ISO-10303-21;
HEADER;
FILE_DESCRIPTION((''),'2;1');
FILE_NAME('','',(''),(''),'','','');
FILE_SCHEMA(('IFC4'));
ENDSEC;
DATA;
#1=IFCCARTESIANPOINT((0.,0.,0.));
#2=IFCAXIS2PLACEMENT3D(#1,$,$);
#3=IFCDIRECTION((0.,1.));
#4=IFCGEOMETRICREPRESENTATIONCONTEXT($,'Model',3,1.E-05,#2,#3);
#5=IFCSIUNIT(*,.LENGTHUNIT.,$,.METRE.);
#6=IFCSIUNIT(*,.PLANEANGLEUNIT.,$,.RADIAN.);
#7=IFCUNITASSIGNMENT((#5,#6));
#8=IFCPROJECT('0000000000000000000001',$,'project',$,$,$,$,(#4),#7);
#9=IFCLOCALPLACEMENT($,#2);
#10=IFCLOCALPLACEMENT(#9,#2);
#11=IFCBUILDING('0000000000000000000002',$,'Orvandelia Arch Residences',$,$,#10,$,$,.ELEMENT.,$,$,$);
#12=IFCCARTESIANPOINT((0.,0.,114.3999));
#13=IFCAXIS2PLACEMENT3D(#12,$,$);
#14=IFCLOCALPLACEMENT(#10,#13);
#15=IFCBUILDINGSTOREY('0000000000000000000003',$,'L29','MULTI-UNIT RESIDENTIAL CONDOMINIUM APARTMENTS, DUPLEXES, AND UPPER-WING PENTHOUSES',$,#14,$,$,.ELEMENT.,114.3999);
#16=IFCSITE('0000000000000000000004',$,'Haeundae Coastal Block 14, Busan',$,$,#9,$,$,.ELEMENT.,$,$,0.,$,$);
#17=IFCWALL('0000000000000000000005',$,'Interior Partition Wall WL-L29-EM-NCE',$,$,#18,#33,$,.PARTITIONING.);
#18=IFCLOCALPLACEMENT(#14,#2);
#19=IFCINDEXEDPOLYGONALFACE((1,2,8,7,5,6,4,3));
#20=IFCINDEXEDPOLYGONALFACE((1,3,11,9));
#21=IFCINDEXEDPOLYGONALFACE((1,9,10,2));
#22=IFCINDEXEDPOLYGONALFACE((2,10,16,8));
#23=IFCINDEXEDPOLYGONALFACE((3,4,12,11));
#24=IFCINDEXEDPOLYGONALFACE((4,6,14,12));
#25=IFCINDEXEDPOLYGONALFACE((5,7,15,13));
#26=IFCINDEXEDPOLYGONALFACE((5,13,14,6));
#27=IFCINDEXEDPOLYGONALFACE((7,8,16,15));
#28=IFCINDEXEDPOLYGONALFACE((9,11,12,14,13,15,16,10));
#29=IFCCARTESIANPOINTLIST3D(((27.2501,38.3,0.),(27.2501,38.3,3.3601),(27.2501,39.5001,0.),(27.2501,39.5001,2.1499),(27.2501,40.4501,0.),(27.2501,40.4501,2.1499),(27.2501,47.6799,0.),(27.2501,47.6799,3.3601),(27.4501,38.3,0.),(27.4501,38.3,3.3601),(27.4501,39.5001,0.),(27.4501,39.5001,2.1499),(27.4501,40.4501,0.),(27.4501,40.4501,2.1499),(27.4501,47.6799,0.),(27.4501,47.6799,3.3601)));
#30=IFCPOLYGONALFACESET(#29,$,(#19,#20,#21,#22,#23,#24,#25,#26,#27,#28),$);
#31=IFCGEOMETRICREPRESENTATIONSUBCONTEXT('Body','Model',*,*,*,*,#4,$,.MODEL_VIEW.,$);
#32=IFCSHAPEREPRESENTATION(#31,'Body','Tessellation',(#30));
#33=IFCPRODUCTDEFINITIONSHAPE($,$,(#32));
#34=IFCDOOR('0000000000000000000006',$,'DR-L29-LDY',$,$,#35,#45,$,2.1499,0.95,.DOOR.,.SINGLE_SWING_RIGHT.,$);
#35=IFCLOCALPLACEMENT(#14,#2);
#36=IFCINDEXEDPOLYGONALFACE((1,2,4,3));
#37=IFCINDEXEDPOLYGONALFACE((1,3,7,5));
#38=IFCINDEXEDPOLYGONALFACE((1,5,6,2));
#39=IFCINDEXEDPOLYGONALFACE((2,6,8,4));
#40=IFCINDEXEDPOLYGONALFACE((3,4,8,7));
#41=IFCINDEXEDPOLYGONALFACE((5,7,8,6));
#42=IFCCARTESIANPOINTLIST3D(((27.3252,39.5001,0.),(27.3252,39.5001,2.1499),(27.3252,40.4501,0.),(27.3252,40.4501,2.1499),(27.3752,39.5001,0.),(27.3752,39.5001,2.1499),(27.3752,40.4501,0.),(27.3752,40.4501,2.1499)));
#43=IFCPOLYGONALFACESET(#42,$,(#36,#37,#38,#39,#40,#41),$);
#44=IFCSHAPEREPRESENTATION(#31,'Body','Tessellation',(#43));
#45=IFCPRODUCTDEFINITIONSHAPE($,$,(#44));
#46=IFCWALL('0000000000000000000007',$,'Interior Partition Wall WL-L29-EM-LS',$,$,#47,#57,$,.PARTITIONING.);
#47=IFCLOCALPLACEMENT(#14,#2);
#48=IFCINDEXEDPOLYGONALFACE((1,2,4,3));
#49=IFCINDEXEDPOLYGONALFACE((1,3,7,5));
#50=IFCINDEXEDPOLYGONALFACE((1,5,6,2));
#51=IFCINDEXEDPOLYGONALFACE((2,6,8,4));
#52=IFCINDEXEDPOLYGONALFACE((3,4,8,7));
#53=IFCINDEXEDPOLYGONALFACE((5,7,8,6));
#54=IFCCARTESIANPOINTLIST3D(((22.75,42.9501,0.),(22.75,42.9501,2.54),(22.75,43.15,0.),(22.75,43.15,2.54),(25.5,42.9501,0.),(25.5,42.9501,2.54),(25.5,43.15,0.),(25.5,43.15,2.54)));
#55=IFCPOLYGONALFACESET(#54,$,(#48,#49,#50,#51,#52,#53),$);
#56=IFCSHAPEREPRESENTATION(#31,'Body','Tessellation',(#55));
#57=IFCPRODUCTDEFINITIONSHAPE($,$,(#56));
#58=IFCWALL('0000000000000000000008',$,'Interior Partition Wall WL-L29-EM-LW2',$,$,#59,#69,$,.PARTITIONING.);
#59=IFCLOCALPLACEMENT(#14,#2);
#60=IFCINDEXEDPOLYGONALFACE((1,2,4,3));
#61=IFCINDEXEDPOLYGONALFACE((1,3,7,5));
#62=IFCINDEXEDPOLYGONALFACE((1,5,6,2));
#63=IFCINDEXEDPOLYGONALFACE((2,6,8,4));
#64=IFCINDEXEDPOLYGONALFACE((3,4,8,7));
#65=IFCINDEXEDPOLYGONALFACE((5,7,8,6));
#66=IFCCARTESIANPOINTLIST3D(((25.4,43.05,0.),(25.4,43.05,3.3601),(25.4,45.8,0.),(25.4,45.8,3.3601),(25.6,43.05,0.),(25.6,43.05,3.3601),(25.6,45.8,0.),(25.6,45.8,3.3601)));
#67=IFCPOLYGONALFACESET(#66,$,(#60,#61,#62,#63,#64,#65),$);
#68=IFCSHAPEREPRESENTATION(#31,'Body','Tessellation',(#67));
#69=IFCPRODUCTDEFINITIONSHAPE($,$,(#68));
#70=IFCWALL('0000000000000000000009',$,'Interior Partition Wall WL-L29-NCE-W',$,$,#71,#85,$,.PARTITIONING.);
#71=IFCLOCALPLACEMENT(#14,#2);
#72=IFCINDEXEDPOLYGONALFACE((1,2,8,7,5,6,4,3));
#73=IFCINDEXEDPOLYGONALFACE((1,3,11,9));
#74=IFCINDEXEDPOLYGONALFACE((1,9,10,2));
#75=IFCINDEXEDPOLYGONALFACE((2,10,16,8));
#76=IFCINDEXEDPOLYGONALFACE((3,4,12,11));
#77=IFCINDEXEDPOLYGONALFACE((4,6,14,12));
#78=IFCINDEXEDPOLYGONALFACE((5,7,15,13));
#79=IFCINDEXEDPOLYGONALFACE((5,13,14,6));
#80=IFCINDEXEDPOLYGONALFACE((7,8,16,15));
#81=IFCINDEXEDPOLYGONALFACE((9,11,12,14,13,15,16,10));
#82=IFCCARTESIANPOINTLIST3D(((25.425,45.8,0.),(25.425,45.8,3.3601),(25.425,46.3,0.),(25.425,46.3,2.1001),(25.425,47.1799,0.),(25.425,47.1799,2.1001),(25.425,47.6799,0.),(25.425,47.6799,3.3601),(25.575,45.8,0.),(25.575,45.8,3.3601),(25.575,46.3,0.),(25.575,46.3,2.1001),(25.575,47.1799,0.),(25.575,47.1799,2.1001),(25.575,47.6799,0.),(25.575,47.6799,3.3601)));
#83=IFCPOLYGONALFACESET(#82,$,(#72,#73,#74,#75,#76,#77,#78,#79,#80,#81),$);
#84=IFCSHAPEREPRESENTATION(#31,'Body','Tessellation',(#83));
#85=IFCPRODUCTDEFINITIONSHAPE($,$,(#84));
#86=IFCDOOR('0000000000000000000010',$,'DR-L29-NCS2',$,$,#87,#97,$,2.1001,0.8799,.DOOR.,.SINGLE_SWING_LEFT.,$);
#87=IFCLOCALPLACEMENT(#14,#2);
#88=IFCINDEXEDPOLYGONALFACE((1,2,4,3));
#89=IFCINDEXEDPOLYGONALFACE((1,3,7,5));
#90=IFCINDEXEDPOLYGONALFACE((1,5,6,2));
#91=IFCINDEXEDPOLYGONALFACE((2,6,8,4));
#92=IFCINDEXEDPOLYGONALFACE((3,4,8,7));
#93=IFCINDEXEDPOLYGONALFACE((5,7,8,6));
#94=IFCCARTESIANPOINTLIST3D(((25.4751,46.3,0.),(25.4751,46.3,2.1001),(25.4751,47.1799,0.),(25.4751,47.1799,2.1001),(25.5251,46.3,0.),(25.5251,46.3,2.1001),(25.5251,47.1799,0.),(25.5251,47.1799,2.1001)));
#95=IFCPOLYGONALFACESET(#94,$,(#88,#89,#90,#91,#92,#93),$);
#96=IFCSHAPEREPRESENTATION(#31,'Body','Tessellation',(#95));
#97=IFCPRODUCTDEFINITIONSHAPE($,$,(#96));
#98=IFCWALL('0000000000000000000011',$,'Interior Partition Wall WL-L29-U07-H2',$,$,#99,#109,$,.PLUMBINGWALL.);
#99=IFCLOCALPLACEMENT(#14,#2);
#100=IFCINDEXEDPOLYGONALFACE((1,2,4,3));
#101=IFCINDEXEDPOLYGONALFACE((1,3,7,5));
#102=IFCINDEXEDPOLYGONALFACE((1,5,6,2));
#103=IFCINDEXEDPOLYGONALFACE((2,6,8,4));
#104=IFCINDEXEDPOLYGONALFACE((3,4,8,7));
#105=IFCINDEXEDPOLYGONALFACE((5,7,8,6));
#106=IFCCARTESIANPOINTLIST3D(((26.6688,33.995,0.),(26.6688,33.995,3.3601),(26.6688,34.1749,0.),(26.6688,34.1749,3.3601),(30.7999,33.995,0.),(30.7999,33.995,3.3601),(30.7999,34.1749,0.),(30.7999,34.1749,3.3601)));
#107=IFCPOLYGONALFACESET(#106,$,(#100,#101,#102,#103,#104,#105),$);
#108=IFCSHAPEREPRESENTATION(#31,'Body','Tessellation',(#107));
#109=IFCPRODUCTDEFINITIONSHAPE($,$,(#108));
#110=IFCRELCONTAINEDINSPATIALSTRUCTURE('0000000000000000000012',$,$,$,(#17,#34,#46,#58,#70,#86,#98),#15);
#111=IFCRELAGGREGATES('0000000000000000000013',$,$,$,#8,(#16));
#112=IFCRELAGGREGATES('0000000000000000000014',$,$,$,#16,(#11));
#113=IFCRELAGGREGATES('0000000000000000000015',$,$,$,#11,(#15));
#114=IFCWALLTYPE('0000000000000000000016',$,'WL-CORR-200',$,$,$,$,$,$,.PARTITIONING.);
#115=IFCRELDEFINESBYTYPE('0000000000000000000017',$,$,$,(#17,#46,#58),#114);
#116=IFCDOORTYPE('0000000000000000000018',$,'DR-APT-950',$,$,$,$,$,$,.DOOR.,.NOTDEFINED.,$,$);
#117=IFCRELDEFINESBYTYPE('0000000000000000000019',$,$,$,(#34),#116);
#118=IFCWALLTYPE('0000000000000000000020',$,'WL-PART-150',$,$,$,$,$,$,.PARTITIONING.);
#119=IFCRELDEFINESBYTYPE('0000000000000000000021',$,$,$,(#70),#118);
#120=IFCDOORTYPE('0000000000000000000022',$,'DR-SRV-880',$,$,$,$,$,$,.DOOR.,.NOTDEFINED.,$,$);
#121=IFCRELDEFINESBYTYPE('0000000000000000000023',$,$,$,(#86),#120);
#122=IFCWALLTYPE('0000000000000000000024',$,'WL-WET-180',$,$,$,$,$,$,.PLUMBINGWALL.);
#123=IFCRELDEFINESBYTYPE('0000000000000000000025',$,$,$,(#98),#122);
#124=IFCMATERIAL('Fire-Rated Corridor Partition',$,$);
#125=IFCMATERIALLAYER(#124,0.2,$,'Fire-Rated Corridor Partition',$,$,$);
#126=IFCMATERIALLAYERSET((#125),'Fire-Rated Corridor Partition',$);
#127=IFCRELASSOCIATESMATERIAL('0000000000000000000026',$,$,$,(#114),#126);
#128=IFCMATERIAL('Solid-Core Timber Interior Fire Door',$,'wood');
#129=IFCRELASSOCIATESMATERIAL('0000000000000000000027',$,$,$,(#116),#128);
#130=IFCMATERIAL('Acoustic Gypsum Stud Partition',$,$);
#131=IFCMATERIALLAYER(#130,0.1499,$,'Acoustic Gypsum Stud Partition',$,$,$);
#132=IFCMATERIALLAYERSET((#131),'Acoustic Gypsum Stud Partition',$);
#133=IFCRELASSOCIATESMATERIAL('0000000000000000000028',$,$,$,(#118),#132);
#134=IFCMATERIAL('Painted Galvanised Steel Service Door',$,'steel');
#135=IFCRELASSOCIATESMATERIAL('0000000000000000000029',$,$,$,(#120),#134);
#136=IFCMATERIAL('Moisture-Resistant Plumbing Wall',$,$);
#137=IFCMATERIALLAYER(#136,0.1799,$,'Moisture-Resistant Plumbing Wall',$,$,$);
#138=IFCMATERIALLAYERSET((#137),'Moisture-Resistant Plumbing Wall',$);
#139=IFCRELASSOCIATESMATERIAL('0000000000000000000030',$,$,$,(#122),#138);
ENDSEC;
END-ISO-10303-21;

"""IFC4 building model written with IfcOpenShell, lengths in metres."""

from ifc_helpers import new_model, si_unit, direction, frame, frame_2d, origin, place, context, subcontext, project, spatial, rectangle, extrude, material, layer, layer_set, type_object, element, fill, save


model = new_model("IFC4")

# Units and contexts
model_context = context("Model", 3, precision=1e-05, world=origin(), true_north=direction((0.0, 1.0)))
body_context = subcontext(model_context, "Body", "Model", "MODEL_VIEW")
ifc_project = project(units=[si_unit("LENGTHUNIT", "METRE"), si_unit("PLANEANGLEUNIT", "RADIAN")], contexts=[model_context])

# Site, building, storey
site_placement = place(None, origin())
site = spatial("IfcSite", under=ifc_project, at=site_placement, Name="Haeundae Coastal Block 14, Busan", CompositionType="ELEMENT", RefElevation=0.0)
building_placement = place(site_placement, origin())
building = spatial("IfcBuilding", under=site, at=building_placement, Name="Orvandelia Arch Residences", CompositionType="ELEMENT")
storey_placement = place(building_placement, frame((0.0, 0.0, 114.3999)))
storey = spatial("IfcBuildingStorey", under=building, at=storey_placement, Name="L29", Description="MULTI-UNIT RESIDENTIAL CONDOMINIUM APARTMENTS, DUPLEXES, AND UPPER-WING PENTHOUSES", CompositionType="ELEMENT", Elevation=114.3999)

# Shared definitions
ifc_material_1 = material(Name="Fire-Rated Corridor Partition")
ifc_layer_1 = layer(ifc_material_1, 0.2, Name="Fire-Rated Corridor Partition")
ifc_layer_set_1 = layer_set([ifc_layer_1], Name="Fire-Rated Corridor Partition")
wall_type_1 = type_object("IfcWallType", Name="WL-CORR-200", PredefinedType="PARTITIONING", material=ifc_layer_set_1)

# Wall, opening, door
wall_1_placement = place(storey_placement, frame((27.3501, 38.3, 0.0), z_axis=(0.0, 0.0, 1.0), x_axis=(0.0, 1.0, 0.0)))
wall_1 = element("IfcWall", 1, at=wall_1_placement, inside=storey, type_object=wall_type_1, Name="Interior Partition Wall WL-L29-EM-NCE", PredefinedType="PARTITIONING", context=body_context, shape_type="SweptSolid", body=[
    extrude(rectangle(XDim=9.3799, YDim=0.2, at=frame_2d((4.6899, 0.0))), origin(), (0.0, 0.0, 1.0), 3.3601),
])
opening_1_placement = place(wall_1_placement, frame((1.2, 0.0, 0.0)))
opening_1 = element("IfcOpeningElement", 2, at=opening_1_placement, cuts=wall_1, PredefinedType="OPENING", context=body_context, shape_type="SweptSolid", body=[
    extrude(rectangle(XDim=0.95, YDim=2.1499, at=frame_2d((0.4751, 1.075))), frame((0.0, 0.1099, 0.0), z_axis=(0.0, -1.0, 0.0), x_axis=(1.0, 0.0, 0.0)), (0.0, 0.0, 1.0), 0.22),
])
ifc_material_2 = material(Name="Solid-Core Timber Interior Fire Door", Category="wood")
door_type_1 = type_object("IfcDoorType", Name="DR-APT-950", OperationType="NOTDEFINED", PredefinedType="DOOR", material=ifc_material_2)
door_1_placement = place(opening_1_placement, origin())
door_1 = element("IfcDoor", 3, at=door_1_placement, inside=storey, type_object=door_type_1, Name="DR-L29-LDY", OperationType="SINGLE_SWING_RIGHT", OverallHeight=2.1499, OverallWidth=0.95, PredefinedType="DOOR", context=body_context, shape_type="SweptSolid", body=[
    extrude(rectangle(XDim=0.95, YDim=2.1499, at=frame_2d((0.4751, 1.075))), frame((0.0, 0.0249, 0.0), z_axis=(0.0, -1.0, 0.0), x_axis=(1.0, 0.0, 0.0)), (0.0, 0.0, 1.0), 0.05),
])
fill(opening_1, door_1)

# Walls
wall_2_placement = place(storey_placement, frame((22.75, 43.05, 0.0), z_axis=(0.0, 0.0, 1.0), x_axis=(1.0, 0.0, 0.0)))
element("IfcWall", 4, at=wall_2_placement, inside=storey, type_object=wall_type_1, Name="Interior Partition Wall WL-L29-EM-LS", PredefinedType="PARTITIONING", context=body_context, shape_type="SweptSolid", body=[
    extrude(rectangle(XDim=2.75, YDim=0.2, at=frame_2d((1.375, 0.0))), origin(), (0.0, 0.0, 1.0), 2.54),
])
wall_3_placement = place(storey_placement, frame((25.5, 43.05, 0.0), z_axis=(0.0, 0.0, 1.0), x_axis=(0.0, 1.0, 0.0)))
element("IfcWall", 5, at=wall_3_placement, inside=storey, type_object=wall_type_1, Name="Interior Partition Wall WL-L29-EM-LW2", PredefinedType="PARTITIONING", context=body_context, shape_type="SweptSolid", body=[
    extrude(rectangle(XDim=2.75, YDim=0.2, at=frame_2d((1.375, 0.0))), origin(), (0.0, 0.0, 1.0), 3.3601),
])

# Wall, opening, door
ifc_material_3 = material(Name="Acoustic Gypsum Stud Partition")
ifc_layer_2 = layer(ifc_material_3, 0.1499, Name="Acoustic Gypsum Stud Partition")
ifc_layer_set_2 = layer_set([ifc_layer_2], Name="Acoustic Gypsum Stud Partition")
wall_type_2 = type_object("IfcWallType", Name="WL-PART-150", PredefinedType="PARTITIONING", material=ifc_layer_set_2)
wall_4_placement = place(storey_placement, frame((25.5, 45.8, 0.0), z_axis=(0.0, 0.0, 1.0), x_axis=(0.0, 1.0, 0.0)))
wall_4 = element("IfcWall", 6, at=wall_4_placement, inside=storey, type_object=wall_type_2, Name="Interior Partition Wall WL-L29-NCE-W", PredefinedType="PARTITIONING", context=body_context, shape_type="SweptSolid", body=[
    extrude(rectangle(XDim=1.8799, YDim=0.1499, at=frame_2d((0.9399, 0.0))), origin(), (0.0, 0.0, 1.0), 3.3601),
])
opening_2_placement = place(wall_4_placement, frame((0.5, 0.0, 0.0)))
opening_2 = element("IfcOpeningElement", 7, at=opening_2_placement, cuts=wall_4, PredefinedType="OPENING", context=body_context, shape_type="SweptSolid", body=[
    extrude(rectangle(XDim=0.8799, YDim=2.1001, at=frame_2d((0.4399, 1.05))), frame((0.0, 0.085, 0.0), z_axis=(0.0, -1.0, 0.0), x_axis=(1.0, 0.0, 0.0)), (0.0, 0.0, 1.0), 0.1699),
])
ifc_material_4 = material(Name="Painted Galvanised Steel Service Door", Category="steel")
door_type_2 = type_object("IfcDoorType", Name="DR-SRV-880", OperationType="NOTDEFINED", PredefinedType="DOOR", material=ifc_material_4)
door_2_placement = place(opening_2_placement, origin())
door_2 = element("IfcDoor", 8, at=door_2_placement, inside=storey, type_object=door_type_2, Name="DR-L29-NCS2", OperationType="SINGLE_SWING_LEFT", OverallHeight=2.1001, OverallWidth=0.8799, PredefinedType="DOOR", context=body_context, shape_type="SweptSolid", body=[
    extrude(rectangle(XDim=0.8799, YDim=2.1001, at=frame_2d((0.4399, 1.05))), frame((0.0, 0.0249, 0.0), z_axis=(0.0, -1.0, 0.0), x_axis=(1.0, 0.0, 0.0)), (0.0, 0.0, 1.0), 0.05),
])
fill(opening_2, door_2)

# Wall
ifc_material_5 = material(Name="Moisture-Resistant Plumbing Wall")
ifc_layer_3 = layer(ifc_material_5, 0.1799, Name="Moisture-Resistant Plumbing Wall")
ifc_layer_set_3 = layer_set([ifc_layer_3], Name="Moisture-Resistant Plumbing Wall")
wall_type_3 = type_object("IfcWallType", Name="WL-WET-180", PredefinedType="PLUMBINGWALL", material=ifc_layer_set_3)
wall_5_placement = place(storey_placement, frame((26.6689, 34.085, 0.0), z_axis=(0.0, 0.0, 1.0), x_axis=(1.0, 0.0, 0.0)))
element("IfcWall", 9, at=wall_5_placement, inside=storey, type_object=wall_type_3, Name="Interior Partition Wall WL-L29-U07-H2", PredefinedType="PLUMBINGWALL", context=body_context, shape_type="SweptSolid", body=[
    extrude(rectangle(XDim=4.1311, YDim=0.1799, at=frame_2d((2.0654, 0.0))), origin(), (0.0, 0.0, 1.0), 3.3601),
])

save(model, "model.ifc")
